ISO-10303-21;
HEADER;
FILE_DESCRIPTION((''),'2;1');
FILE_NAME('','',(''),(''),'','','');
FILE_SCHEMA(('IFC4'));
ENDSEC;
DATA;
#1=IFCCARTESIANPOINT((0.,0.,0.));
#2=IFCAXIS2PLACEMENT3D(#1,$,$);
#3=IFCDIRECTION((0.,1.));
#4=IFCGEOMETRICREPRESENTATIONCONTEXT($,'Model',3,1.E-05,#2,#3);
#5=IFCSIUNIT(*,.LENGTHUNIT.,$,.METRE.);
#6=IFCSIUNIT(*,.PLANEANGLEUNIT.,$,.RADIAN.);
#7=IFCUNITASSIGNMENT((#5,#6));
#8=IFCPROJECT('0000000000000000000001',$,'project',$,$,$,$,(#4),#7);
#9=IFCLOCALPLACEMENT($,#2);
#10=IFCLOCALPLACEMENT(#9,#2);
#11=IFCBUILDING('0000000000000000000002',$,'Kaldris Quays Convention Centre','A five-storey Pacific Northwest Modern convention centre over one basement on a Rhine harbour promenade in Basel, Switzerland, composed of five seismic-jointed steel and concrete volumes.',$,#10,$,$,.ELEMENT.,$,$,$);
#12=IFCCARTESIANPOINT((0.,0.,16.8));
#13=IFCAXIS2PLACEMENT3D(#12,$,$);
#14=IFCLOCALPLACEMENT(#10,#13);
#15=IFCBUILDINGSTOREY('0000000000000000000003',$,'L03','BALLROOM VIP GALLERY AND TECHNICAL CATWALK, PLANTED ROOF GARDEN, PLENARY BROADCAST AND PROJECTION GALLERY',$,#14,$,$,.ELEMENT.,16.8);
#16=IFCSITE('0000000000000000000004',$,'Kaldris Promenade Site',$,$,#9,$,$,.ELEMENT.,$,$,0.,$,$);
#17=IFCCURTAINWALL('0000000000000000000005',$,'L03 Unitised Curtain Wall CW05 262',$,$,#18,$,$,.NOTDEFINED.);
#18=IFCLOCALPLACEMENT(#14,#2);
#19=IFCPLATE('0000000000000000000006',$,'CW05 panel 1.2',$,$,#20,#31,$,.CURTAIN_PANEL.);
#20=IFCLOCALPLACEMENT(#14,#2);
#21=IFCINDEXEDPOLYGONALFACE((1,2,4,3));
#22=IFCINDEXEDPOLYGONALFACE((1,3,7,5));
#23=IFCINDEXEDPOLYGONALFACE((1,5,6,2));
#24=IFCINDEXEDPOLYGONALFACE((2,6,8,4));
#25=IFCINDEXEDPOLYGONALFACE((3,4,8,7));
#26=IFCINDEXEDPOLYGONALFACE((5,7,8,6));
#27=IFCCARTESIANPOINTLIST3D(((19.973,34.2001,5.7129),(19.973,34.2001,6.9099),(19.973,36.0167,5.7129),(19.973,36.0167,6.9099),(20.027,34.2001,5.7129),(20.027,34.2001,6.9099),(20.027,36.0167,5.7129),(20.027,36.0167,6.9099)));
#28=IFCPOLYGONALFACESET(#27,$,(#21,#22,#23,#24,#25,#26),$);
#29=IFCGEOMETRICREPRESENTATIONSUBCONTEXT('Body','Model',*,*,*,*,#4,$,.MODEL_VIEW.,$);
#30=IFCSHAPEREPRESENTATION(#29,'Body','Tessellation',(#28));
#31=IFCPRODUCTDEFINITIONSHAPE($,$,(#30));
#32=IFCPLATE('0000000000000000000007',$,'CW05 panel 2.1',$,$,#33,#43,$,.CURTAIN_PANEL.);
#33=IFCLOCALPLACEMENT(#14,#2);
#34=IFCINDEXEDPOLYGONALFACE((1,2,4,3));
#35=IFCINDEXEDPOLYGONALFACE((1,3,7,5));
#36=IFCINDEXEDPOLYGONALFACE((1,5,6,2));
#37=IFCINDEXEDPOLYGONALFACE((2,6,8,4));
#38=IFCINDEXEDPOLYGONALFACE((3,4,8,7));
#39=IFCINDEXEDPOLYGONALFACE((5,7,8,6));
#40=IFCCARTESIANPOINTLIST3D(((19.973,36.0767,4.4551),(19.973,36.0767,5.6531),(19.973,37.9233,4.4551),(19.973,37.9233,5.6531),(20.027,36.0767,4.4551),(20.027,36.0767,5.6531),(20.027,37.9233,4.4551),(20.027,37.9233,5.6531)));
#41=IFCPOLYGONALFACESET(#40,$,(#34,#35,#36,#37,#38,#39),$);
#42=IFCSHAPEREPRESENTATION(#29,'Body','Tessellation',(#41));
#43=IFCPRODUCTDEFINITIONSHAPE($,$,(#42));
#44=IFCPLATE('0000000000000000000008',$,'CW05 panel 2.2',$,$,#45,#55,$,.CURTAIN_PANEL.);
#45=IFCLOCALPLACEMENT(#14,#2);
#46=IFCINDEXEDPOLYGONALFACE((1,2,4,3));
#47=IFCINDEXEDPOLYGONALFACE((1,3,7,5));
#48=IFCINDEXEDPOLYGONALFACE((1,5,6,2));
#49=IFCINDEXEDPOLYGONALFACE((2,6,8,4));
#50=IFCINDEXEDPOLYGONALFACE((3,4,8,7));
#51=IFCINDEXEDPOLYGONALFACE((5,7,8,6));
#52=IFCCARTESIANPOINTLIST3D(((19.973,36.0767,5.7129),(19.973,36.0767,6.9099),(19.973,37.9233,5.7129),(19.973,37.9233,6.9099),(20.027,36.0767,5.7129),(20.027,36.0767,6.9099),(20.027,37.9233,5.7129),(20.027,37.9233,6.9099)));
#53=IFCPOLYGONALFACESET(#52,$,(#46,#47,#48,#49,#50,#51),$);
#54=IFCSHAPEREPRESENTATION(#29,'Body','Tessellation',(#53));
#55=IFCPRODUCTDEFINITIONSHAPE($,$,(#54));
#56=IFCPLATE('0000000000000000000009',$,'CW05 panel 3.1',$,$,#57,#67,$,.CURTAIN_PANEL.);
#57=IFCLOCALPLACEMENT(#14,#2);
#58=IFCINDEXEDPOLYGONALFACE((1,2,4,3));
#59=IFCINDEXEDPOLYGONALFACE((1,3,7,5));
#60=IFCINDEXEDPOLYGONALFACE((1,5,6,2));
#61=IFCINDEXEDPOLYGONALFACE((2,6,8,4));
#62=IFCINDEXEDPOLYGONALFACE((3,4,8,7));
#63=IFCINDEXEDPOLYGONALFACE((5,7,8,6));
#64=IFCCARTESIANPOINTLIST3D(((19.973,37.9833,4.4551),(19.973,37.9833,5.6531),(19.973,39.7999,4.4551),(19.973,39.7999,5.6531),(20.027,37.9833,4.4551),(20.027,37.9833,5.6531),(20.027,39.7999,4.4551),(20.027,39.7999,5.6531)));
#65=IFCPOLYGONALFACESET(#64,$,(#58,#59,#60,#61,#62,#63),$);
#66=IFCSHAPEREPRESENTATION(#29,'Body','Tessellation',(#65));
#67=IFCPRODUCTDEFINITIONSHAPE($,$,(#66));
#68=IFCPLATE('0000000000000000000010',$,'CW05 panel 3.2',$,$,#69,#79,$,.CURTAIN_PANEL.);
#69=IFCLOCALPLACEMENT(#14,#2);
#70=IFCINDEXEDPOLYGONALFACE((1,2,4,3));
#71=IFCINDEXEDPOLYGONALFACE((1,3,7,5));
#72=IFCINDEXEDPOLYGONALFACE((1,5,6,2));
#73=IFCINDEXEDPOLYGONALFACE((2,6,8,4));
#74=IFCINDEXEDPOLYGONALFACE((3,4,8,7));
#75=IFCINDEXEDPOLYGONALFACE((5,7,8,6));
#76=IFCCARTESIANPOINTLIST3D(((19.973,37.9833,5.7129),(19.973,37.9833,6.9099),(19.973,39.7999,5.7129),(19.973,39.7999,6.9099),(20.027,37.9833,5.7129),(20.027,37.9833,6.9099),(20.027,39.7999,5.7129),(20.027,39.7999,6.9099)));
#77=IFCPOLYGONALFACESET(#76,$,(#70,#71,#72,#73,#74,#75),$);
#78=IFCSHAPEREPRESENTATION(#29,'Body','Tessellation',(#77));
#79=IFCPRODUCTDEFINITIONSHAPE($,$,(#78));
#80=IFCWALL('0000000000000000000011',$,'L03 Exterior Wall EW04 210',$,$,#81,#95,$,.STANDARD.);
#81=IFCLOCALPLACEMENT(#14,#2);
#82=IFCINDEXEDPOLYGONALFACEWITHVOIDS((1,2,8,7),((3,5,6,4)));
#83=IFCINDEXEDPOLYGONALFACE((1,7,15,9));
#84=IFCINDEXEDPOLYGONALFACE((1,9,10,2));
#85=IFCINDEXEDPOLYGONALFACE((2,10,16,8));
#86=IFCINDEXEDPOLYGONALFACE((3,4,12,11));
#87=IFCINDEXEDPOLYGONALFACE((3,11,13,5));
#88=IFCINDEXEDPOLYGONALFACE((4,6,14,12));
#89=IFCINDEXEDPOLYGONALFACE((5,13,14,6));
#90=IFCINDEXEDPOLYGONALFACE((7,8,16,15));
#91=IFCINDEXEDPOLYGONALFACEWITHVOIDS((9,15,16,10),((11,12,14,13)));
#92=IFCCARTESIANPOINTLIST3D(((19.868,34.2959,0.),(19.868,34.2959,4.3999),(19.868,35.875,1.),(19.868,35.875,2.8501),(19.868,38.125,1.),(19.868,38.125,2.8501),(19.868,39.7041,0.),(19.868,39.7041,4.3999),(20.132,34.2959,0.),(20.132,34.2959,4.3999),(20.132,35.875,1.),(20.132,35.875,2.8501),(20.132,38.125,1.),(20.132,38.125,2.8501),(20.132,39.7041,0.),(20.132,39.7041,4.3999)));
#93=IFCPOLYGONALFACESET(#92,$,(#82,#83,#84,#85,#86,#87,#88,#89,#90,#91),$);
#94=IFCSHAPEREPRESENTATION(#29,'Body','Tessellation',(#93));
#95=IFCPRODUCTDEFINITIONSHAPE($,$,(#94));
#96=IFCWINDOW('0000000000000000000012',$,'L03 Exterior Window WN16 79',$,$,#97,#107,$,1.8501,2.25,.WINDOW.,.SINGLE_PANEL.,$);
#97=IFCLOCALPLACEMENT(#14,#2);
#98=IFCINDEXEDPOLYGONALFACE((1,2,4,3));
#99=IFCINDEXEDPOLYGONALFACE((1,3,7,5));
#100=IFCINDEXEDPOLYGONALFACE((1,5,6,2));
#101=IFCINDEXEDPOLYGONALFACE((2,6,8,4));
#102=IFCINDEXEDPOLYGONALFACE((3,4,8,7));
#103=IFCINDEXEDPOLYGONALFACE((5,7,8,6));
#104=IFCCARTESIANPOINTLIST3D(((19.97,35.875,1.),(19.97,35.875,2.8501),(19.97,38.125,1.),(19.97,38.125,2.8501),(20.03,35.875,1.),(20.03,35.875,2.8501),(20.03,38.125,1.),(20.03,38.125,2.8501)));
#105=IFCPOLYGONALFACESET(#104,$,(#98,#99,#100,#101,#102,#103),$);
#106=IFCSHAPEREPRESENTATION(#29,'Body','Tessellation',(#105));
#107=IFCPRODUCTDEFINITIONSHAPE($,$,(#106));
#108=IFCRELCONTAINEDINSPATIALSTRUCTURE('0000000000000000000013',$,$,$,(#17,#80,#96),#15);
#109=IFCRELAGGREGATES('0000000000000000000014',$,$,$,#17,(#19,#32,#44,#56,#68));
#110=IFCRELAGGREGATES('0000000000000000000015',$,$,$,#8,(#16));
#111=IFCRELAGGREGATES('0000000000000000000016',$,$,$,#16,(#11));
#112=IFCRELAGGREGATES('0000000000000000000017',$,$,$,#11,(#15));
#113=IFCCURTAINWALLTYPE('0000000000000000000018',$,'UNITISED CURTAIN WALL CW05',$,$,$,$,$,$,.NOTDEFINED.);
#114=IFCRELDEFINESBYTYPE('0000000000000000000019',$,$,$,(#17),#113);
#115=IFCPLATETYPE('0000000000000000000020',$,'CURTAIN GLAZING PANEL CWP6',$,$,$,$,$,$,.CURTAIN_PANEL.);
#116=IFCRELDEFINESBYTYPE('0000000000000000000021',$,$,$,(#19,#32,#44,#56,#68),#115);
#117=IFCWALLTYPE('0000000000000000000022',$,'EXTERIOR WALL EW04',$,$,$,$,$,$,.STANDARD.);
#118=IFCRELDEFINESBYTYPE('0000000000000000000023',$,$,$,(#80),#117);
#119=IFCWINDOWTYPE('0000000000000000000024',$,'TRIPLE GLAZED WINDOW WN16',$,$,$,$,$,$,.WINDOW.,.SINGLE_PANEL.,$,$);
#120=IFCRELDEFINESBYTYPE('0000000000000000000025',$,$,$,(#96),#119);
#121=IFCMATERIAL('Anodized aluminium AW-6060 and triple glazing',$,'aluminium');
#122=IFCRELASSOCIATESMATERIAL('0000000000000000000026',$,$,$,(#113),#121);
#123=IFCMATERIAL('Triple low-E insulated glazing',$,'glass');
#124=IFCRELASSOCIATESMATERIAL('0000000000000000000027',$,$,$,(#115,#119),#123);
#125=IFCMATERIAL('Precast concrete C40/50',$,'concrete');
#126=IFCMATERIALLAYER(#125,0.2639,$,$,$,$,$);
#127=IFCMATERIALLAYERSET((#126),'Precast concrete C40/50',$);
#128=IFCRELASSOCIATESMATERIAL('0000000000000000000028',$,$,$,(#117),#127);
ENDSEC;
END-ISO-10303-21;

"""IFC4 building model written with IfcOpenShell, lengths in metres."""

from ifc_helpers import new_model, si_unit, direction, frame, frame_2d, origin, origin_2d, place, context, subcontext, project, spatial, rectangle, extrude, material, layer, layer_set, type_object, element, fill, aggregate, save


model = new_model("IFC4")

# Units and contexts
model_context = context("Model", 3, precision=1e-05, world=origin(), true_north=direction((0.0, 1.0)))
body_context = subcontext(model_context, "Body", "Model", "MODEL_VIEW")
ifc_project = project(units=[si_unit("LENGTHUNIT", "METRE"), si_unit("PLANEANGLEUNIT", "RADIAN")], contexts=[model_context])

# Site, building, storey
site_placement = place(None, origin())
site = spatial("IfcSite", under=ifc_project, at=site_placement, Name="Kaldris Promenade Site", CompositionType="ELEMENT", RefElevation=0.0)
building_placement = place(site_placement, origin())
building = spatial("IfcBuilding", under=site, at=building_placement, Name="Kaldris Quays Convention Centre", Description="A five-storey Pacific Northwest Modern convention centre over one basement on a Rhine harbour promenade in Basel, Switzerland, composed of five seismic-jointed steel and concrete volumes.", CompositionType="ELEMENT")
storey_placement = place(building_placement, frame((0.0, 0.0, 16.8)))
storey = spatial("IfcBuildingStorey", under=building, at=storey_placement, Name="L03", Description="BALLROOM VIP GALLERY AND TECHNICAL CATWALK, PLANTED ROOF GARDEN, PLENARY BROADCAST AND PROJECTION GALLERY", CompositionType="ELEMENT", Elevation=16.8)

# Curtain wall
ifc_material_1 = material(Name="Anodized aluminium AW-6060 and triple glazing", Category="aluminium")
curtain_wall_type = type_object("IfcCurtainWallType", Name="UNITISED CURTAIN WALL CW05", PredefinedType="NOTDEFINED", material=ifc_material_1)
curtain_wall_1_placement = place(storey_placement, origin())
curtain_wall_1 = element("IfcCurtainWall", 1, at=curtain_wall_1_placement, inside=storey, type_object=curtain_wall_type, Name="L03 Unitised Curtain Wall CW05 262", PredefinedType="NOTDEFINED")

# Plates
ifc_material_2 = material(Name="Triple low-E insulated glazing", Category="glass")
plate_type_1 = type_object("IfcPlateType", Name="CURTAIN GLAZING PANEL CWP6", PredefinedType="CURTAIN_PANEL", material=ifc_material_2)
plate_1_placement = place(storey_placement, frame((20.0, 35.1084, 5.7129), z_axis=(0.0, 0.0, 1.0), x_axis=(0.0, 1.0, 0.0)))
plate_1 = element("IfcPlate", 2, at=plate_1_placement, type_object=plate_type_1, Name="CW05 panel 1.2", PredefinedType="CURTAIN_PANEL", context=body_context, shape_type="SweptSolid", body=[
    extrude(rectangle(XDim=1.8167, YDim=0.054, at=origin_2d()), origin(), (0.0, 0.0, 1.0), 1.197),
])
plate_2_placement = place(storey_placement, frame((20.0, 37.0, 4.4551), z_axis=(0.0, 0.0, 1.0), x_axis=(0.0, 1.0, 0.0)))
plate_2 = element("IfcPlate", 3, at=plate_2_placement, type_object=plate_type_1, Name="CW05 panel 2.1", PredefinedType="CURTAIN_PANEL", context=body_context, shape_type="SweptSolid", body=[
    extrude(rectangle(XDim=1.8467, YDim=0.054, at=origin_2d()), origin(), (0.0, 0.0, 1.0), 1.198),
])
plate_3_placement = place(storey_placement, frame((20.0, 37.0, 5.7129), z_axis=(0.0, 0.0, 1.0), x_axis=(0.0, 1.0, 0.0)))
plate_3 = element("IfcPlate", 4, at=plate_3_placement, type_object=plate_type_1, Name="CW05 panel 2.2", PredefinedType="CURTAIN_PANEL", context=body_context, shape_type="SweptSolid", body=[
    extrude(rectangle(XDim=1.8467, YDim=0.054, at=origin_2d()), origin(), (0.0, 0.0, 1.0), 1.197),
])
plate_4_placement = place(storey_placement, frame((20.0, 38.8916, 4.4551), z_axis=(0.0, 0.0, 1.0), x_axis=(0.0, 1.0, 0.0)))
plate_4 = element("IfcPlate", 5, at=plate_4_placement, type_object=plate_type_1, Name="CW05 panel 3.1", PredefinedType="CURTAIN_PANEL", context=body_context, shape_type="SweptSolid", body=[
    extrude(rectangle(XDim=1.8167, YDim=0.054, at=origin_2d()), origin(), (0.0, 0.0, 1.0), 1.198),
])
plate_5_placement = place(storey_placement, frame((20.0, 38.8916, 5.7129), z_axis=(0.0, 0.0, 1.0), x_axis=(0.0, 1.0, 0.0)))
plate_5 = element("IfcPlate", 6, at=plate_5_placement, type_object=plate_type_1, Name="CW05 panel 3.2", PredefinedType="CURTAIN_PANEL", context=body_context, shape_type="SweptSolid", body=[
    extrude(rectangle(XDim=1.8167, YDim=0.054, at=origin_2d()), origin(), (0.0, 0.0, 1.0), 1.197),
])
aggregate(curtain_wall_1, [plate_1, plate_2, plate_3, plate_4, plate_5])

# Wall, opening, window
ifc_material_3 = material(Name="Precast concrete C40/50", Category="concrete")
ifc_layer = layer(ifc_material_3, 0.2639)
ifc_layer_set = layer_set([ifc_layer], Name="Precast concrete C40/50")
wall_type = type_object("IfcWallType", Name="EXTERIOR WALL EW04", PredefinedType="STANDARD", material=ifc_layer_set)
wall_placement = place(storey_placement, frame((20.0, 34.2959, 0.0), z_axis=(0.0, 0.0, 1.0), x_axis=(0.0, 1.0, 0.0)))
wall = element("IfcWall", 7, at=wall_placement, inside=storey, type_object=wall_type, Name="L03 Exterior Wall EW04 210", PredefinedType="STANDARD", context=body_context, shape_type="SweptSolid", body=[
    extrude(rectangle(XDim=5.4082, YDim=0.2639, at=frame_2d((2.7041, 0.0))), origin(), (0.0, 0.0, 1.0), 4.3999),
])
opening_placement = place(wall_placement, frame((1.5791, 0.0, 1.0)))
opening = element("IfcOpeningElement", 8, at=opening_placement, cuts=wall, PredefinedType="OPENING", context=body_context, shape_type="SweptSolid", body=[
    extrude(rectangle(XDim=2.25, YDim=1.8501, at=frame_2d((1.125, 0.925))), frame((0.0, 0.1421, 0.0), z_axis=(0.0, -1.0, 0.0), x_axis=(1.0, 0.0, 0.0)), (0.0, 0.0, 1.0), 0.2839),
])
window_type = type_object("IfcWindowType", Name="TRIPLE GLAZED WINDOW WN16", PartitioningType="SINGLE_PANEL", PredefinedType="WINDOW", material=ifc_material_2)
window_placement = place(opening_placement, origin())
window = element("IfcWindow", 9, at=window_placement, inside=storey, type_object=window_type, Name="L03 Exterior Window WN16 79", OverallHeight=1.8501, OverallWidth=2.25, PartitioningType="SINGLE_PANEL", PredefinedType="WINDOW", context=body_context, shape_type="SweptSolid", body=[
    extrude(rectangle(XDim=2.25, YDim=1.8501, at=frame_2d((1.125, 0.925))), frame((0.0, 0.03, 0.0), z_axis=(0.0, -1.0, 0.0), x_axis=(1.0, 0.0, 0.0)), (0.0, 0.0, 1.0), 0.0601),
])
fill(opening, window)

save(model, "model.ifc")
